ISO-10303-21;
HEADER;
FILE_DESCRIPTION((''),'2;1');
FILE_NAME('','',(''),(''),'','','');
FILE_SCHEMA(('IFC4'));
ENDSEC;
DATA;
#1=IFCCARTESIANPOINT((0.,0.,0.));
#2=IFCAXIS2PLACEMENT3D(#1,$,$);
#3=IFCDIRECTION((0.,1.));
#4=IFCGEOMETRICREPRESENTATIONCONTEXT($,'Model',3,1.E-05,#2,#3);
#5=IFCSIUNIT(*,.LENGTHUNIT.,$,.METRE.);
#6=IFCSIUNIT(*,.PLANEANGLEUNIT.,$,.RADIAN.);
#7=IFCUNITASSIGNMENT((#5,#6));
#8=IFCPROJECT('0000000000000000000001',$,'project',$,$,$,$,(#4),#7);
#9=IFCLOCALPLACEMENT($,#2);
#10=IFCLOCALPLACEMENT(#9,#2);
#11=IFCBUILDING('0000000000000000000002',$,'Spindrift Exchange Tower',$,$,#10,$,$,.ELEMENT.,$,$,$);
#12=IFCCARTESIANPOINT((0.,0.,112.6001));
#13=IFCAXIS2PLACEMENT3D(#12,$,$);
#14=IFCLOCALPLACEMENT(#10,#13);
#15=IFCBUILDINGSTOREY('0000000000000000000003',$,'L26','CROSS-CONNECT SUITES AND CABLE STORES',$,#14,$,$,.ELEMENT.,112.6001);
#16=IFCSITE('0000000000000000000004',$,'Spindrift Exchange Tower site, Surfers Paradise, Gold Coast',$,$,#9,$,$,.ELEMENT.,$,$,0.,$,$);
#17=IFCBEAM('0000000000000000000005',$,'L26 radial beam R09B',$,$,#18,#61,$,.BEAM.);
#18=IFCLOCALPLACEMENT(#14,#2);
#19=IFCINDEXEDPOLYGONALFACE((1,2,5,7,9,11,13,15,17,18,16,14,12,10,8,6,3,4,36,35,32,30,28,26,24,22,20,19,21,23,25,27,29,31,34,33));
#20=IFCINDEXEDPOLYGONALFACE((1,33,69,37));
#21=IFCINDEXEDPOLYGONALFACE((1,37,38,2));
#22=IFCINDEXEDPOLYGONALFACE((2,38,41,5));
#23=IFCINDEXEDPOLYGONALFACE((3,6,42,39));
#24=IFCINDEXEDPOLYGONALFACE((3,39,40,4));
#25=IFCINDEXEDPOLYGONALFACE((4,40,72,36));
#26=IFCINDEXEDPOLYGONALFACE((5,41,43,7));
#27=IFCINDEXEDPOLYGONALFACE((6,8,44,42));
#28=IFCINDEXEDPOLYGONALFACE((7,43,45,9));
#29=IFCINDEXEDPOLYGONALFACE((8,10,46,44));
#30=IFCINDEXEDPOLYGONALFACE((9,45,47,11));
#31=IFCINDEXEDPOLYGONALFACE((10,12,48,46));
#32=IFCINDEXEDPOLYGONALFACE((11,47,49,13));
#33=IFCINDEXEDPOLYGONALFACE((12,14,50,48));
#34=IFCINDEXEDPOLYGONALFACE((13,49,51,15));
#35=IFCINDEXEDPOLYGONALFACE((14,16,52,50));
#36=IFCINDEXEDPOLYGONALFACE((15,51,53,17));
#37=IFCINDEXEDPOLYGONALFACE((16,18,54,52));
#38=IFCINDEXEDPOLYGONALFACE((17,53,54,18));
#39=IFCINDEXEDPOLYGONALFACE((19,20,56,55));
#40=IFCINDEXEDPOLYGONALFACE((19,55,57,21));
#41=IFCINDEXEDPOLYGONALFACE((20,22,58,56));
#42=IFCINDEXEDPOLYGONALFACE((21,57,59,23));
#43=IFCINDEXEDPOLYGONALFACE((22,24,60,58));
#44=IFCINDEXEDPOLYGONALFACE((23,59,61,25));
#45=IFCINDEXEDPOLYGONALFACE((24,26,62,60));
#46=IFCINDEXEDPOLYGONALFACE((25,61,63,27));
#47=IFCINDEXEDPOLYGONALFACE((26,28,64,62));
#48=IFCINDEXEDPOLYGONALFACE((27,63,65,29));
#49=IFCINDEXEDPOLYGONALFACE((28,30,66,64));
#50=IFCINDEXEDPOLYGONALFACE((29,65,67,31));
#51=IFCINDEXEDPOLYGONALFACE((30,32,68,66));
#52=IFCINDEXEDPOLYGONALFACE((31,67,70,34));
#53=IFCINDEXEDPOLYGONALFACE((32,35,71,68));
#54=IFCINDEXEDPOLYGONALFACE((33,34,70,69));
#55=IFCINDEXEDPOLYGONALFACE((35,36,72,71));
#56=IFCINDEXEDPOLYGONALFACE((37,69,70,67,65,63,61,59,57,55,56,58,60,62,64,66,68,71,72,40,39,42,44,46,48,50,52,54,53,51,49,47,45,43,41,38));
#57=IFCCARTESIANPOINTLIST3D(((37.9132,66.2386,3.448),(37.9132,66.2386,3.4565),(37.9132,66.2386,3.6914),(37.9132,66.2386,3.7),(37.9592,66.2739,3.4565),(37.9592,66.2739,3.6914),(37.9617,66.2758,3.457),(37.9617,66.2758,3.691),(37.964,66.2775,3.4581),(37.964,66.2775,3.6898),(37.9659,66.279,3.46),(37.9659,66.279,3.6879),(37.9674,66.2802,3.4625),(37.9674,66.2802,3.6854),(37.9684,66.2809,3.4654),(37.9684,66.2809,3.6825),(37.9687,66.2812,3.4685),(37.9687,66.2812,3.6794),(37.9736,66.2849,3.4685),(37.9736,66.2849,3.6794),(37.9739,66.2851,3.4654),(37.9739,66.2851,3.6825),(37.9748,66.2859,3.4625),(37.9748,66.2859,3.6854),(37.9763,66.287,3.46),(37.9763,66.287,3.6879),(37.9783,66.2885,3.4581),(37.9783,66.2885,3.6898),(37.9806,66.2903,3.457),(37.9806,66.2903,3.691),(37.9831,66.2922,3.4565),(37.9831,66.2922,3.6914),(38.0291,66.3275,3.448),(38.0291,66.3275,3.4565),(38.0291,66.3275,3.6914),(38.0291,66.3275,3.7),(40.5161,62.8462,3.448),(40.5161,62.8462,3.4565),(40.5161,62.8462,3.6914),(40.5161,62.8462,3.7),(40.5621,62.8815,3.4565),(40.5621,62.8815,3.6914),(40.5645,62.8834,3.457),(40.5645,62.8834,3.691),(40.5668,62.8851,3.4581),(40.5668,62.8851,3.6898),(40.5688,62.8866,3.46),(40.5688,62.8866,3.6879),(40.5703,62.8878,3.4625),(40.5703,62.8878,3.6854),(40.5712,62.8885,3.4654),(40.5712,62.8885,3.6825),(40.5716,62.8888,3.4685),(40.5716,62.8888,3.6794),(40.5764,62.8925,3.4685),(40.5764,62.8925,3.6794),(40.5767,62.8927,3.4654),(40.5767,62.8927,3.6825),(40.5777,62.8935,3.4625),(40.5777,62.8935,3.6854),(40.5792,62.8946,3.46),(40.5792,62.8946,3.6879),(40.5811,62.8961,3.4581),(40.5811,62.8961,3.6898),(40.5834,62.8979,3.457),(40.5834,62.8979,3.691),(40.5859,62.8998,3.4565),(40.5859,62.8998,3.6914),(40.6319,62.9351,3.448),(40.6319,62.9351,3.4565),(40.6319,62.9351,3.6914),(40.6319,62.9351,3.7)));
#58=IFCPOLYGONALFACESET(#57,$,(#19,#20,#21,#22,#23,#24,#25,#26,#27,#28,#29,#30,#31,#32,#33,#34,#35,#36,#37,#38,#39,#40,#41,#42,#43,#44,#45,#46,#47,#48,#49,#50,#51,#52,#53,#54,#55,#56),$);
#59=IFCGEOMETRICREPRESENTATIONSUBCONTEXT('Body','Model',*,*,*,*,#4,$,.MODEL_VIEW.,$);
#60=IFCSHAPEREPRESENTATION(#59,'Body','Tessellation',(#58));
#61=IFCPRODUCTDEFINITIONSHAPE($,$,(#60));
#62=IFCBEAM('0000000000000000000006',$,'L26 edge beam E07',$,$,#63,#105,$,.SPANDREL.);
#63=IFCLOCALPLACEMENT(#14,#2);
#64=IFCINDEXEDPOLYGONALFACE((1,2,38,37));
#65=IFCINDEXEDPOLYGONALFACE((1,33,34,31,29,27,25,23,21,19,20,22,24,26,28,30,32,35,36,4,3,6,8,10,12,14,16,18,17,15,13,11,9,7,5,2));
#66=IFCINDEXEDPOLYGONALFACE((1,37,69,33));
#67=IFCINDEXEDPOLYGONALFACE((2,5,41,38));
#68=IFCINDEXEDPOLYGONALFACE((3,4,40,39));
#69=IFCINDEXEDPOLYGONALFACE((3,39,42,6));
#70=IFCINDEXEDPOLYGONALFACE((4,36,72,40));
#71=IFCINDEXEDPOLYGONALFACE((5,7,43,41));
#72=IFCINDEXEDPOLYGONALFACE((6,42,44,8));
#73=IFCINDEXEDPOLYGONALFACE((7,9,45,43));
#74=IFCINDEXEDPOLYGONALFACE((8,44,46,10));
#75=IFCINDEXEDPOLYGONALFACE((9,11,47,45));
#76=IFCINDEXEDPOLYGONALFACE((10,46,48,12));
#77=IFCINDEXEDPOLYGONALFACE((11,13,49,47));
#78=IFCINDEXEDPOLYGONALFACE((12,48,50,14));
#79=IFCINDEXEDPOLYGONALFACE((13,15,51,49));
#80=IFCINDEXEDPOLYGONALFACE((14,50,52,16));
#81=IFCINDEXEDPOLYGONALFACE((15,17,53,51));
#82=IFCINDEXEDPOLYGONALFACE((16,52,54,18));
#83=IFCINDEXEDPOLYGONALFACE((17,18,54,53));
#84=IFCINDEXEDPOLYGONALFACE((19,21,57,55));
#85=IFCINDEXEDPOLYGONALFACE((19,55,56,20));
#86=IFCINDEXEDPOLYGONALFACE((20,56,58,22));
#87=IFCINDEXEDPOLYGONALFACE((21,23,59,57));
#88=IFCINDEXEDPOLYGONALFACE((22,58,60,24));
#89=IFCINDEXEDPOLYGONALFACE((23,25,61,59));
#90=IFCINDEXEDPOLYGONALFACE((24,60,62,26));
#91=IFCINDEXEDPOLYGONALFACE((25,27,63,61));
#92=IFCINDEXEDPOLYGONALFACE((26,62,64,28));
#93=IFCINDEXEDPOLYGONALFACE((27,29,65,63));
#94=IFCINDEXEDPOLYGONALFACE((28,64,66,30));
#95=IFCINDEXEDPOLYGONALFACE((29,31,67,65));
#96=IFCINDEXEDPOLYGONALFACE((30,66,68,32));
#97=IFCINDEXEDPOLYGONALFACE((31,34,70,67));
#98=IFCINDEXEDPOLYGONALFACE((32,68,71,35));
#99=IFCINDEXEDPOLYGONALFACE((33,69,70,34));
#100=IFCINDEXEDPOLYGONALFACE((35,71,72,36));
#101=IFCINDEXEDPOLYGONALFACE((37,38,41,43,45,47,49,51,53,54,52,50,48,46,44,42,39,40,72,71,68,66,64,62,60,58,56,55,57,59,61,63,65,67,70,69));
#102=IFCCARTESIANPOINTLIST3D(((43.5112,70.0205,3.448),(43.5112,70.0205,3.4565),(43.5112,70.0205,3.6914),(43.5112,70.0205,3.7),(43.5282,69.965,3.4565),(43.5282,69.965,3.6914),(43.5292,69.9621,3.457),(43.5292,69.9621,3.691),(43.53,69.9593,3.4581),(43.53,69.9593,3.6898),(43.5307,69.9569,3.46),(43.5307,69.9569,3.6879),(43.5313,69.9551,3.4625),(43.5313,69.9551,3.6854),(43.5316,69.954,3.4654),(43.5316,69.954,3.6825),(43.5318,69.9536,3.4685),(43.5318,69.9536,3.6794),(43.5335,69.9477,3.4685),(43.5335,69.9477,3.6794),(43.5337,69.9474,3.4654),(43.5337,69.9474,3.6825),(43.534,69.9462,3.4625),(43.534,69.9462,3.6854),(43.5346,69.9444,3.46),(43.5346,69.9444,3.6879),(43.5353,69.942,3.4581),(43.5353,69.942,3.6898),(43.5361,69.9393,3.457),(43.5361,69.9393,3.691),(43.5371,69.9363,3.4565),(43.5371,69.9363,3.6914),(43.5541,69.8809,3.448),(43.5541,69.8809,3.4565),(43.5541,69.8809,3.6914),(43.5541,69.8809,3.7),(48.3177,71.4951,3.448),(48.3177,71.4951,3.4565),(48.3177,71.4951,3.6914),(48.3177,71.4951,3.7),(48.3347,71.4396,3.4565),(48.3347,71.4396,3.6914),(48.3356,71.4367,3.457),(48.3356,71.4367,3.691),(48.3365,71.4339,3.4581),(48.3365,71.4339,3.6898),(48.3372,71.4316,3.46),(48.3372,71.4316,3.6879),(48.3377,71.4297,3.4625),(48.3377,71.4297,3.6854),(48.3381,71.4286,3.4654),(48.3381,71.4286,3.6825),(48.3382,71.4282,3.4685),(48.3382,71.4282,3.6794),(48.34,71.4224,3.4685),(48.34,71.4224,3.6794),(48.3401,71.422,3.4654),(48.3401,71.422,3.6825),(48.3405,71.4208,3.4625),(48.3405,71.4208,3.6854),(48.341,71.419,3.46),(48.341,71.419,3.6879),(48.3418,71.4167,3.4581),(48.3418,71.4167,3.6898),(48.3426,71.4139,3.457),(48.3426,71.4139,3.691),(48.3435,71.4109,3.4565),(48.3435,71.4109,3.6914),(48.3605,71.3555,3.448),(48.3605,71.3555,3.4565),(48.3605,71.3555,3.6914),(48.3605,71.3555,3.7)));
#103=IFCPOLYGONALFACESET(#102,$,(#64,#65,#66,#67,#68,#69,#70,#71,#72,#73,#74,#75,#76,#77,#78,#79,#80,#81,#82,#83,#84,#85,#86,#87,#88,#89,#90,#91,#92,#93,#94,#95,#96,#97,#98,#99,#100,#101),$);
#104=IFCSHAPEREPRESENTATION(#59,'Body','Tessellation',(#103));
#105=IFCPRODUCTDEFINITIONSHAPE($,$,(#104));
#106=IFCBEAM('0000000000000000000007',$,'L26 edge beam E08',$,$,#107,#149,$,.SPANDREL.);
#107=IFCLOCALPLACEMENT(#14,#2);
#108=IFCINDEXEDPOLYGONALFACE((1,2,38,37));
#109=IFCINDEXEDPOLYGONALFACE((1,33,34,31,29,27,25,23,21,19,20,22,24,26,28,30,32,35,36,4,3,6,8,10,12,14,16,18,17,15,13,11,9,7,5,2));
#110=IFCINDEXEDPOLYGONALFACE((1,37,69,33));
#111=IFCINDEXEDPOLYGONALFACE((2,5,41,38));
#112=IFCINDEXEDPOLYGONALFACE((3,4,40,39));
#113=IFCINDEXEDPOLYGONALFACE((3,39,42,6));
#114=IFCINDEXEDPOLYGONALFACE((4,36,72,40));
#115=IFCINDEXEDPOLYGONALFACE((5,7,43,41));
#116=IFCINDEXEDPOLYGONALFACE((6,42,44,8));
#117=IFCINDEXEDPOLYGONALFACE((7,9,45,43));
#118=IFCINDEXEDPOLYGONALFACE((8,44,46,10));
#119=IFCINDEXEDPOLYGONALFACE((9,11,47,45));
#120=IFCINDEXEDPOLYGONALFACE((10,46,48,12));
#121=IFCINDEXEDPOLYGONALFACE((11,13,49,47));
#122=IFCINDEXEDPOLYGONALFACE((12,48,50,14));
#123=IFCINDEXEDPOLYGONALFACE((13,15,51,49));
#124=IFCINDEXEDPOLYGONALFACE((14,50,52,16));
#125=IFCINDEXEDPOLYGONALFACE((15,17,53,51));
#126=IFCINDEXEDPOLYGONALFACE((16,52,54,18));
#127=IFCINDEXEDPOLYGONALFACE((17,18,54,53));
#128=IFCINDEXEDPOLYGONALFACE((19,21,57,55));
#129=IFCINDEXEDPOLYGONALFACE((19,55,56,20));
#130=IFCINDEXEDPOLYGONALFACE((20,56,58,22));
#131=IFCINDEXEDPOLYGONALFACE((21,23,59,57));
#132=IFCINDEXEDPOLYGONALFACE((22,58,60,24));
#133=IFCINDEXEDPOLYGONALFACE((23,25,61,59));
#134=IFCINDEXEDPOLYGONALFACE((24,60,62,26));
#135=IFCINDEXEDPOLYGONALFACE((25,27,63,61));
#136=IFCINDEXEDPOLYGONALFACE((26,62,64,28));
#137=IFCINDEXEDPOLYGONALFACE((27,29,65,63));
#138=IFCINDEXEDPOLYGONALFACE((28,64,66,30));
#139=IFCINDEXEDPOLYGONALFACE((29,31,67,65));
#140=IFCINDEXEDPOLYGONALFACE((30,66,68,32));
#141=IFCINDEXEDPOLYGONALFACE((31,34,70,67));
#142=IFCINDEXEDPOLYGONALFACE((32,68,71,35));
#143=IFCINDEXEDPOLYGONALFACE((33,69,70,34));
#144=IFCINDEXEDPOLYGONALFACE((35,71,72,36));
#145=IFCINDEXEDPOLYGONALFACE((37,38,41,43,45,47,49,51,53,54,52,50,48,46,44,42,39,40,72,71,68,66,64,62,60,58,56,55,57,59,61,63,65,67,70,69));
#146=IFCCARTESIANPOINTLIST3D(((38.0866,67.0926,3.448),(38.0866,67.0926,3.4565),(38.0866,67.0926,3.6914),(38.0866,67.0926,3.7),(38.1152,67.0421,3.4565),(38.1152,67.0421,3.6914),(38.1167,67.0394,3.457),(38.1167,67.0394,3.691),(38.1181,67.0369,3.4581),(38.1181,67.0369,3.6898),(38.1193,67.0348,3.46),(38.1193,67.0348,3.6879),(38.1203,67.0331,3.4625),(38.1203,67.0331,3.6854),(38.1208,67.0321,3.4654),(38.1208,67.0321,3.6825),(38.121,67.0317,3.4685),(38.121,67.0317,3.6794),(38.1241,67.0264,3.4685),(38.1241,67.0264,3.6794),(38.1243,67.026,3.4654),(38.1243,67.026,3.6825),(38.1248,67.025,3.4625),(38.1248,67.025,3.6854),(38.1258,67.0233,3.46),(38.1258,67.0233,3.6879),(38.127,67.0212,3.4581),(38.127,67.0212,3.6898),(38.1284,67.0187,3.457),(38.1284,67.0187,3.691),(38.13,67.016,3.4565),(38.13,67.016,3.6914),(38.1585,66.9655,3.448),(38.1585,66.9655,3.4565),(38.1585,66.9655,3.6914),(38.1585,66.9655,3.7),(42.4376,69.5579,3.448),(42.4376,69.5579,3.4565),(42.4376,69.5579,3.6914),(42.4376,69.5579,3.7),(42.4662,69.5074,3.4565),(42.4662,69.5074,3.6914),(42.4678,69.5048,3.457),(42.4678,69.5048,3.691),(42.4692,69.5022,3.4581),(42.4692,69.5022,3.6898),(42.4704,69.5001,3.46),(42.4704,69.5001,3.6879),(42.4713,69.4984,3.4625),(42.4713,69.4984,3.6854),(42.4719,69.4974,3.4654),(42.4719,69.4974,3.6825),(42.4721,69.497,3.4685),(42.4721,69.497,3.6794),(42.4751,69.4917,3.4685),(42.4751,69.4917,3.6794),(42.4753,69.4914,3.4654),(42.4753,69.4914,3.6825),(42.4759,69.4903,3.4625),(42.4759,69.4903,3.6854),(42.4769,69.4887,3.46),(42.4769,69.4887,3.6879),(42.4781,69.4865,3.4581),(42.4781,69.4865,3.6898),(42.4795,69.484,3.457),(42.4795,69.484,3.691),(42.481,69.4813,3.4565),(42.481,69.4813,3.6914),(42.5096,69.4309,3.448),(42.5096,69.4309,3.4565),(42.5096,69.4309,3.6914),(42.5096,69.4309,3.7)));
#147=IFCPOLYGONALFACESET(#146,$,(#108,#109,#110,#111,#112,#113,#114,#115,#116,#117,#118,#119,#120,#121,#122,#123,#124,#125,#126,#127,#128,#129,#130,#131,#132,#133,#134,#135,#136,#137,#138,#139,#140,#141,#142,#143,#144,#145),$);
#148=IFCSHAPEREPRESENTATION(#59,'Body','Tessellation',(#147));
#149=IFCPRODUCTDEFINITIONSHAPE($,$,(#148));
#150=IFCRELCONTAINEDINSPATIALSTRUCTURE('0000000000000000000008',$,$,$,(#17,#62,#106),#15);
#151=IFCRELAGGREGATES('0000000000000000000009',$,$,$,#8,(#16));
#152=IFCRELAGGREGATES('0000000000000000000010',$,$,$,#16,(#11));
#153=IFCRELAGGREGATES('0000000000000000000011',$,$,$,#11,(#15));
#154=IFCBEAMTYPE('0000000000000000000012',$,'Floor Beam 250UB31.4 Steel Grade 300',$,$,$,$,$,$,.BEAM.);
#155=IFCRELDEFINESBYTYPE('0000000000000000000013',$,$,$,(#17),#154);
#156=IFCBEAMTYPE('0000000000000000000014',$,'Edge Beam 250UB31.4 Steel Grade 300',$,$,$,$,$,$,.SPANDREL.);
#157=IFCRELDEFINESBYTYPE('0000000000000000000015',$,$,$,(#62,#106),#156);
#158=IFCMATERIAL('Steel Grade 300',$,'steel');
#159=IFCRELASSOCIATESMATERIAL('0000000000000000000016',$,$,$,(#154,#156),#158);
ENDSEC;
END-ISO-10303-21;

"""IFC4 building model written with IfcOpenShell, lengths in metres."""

from ifc_helpers import new_model, si_unit, direction, frame, origin, origin_2d, place, context, subcontext, project, spatial, i_section, extrude, source, transform, mapped, material, material_profile, profile_set, type_object, element, save


model = new_model("IFC4")

# Units and contexts
model_context = context("Model", 3, precision=1e-05, world=origin(), true_north=direction((0.0, 1.0)))
body_context = subcontext(model_context, "Body", "Model", "MODEL_VIEW")
ifc_project = project(units=[si_unit("LENGTHUNIT", "METRE"), si_unit("PLANEANGLEUNIT", "RADIAN")], contexts=[model_context])

# Site, building, storey
site_placement = place(None, origin())
site = spatial("IfcSite", under=ifc_project, at=site_placement, Name="Spindrift Exchange Tower site, Surfers Paradise, Gold Coast", CompositionType="ELEMENT", RefElevation=0.0)
building_placement = place(site_placement, origin())
building = spatial("IfcBuilding", under=site, at=building_placement, Name="Spindrift Exchange Tower", CompositionType="ELEMENT")
storey_placement = place(building_placement, frame((0.0, 0.0, 112.6001)))
storey = spatial("IfcBuildingStorey", under=building, at=storey_placement, Name="L26", Description="CROSS-CONNECT SUITES AND CABLE STORES", CompositionType="ELEMENT", Elevation=112.6001)

# Beams
ifc_material_1 = material(Name="Steel Grade 300", Category="steel")
ifc_material_profile_1 = material_profile(ifc_material_1, i_section(OverallWidth=0.146, OverallDepth=0.252, WebThickness=0.0061, FlangeThickness=0.0085, FilletRadius=0.012, at=origin_2d()), Name="250UB31.4")
ifc_profile_set_1 = profile_set([ifc_material_profile_1], Name="Steel Grade 300")
beam_type_1 = type_object("IfcBeamType", Name="Floor Beam 250UB31.4 Steel Grade 300", PredefinedType="BEAM", material=ifc_profile_set_1)
shared_shape_1 = source(origin(), body_context, "Body", "SweptSolid", [
    extrude(i_section(OverallWidth=0.146, OverallDepth=0.252, WebThickness=0.0061, FlangeThickness=0.0085, FilletRadius=0.012, at=origin_2d()), origin(), (0.0, 0.0, 1.0), 4.2759),
])
beam_1_placement = place(storey_placement, frame((40.574, 62.8906, 3.574), z_axis=(-0.608725, 0.793381, 0.0), x_axis=(-0.793381, -0.608725, 0.0)))
element("IfcBeam", 1, at=beam_1_placement, inside=storey, type_object=beam_type_1, Name="L26 radial beam R09B", PredefinedType="BEAM", context=body_context, shape_type="MappedRepresentation", body=[
    mapped(shared_shape_1, transform((0.0, 0.0, 0.0), scale=1.0)),
])
ifc_material_profile_2 = material_profile(ifc_material_1, i_section(OverallWidth=0.146, OverallDepth=0.252, WebThickness=0.0061, FlangeThickness=0.0085, FilletRadius=0.012, at=origin_2d()), Name="250UB31.4")
ifc_profile_set_2 = profile_set([ifc_material_profile_2], Name="Steel Grade 300")
beam_type_2 = type_object("IfcBeamType", Name="Edge Beam 250UB31.4 Steel Grade 300", PredefinedType="SPANDREL", material=ifc_profile_set_2)
shared_shape_2 = source(origin(), body_context, "Body", "SweptSolid", [
    extrude(i_section(OverallWidth=0.146, OverallDepth=0.252, WebThickness=0.0061, FlangeThickness=0.0085, FilletRadius=0.012, at=origin_2d()), origin(), (0.0, 0.0, 1.0), 5.0276),
])
beam_2_placement = place(storey_placement, frame((48.3391, 71.4253, 3.574), z_axis=(-0.956018, -0.293308, 0.0), x_axis=(0.293308, -0.956018, 0.0)))
element("IfcBeam", 2, at=beam_2_placement, inside=storey, type_object=beam_type_2, Name="L26 edge beam E07", PredefinedType="SPANDREL", context=body_context, shape_type="MappedRepresentation", body=[
    mapped(shared_shape_2, transform((0.0, 0.0, 0.0), scale=1.0)),
])
shared_shape_3 = source(origin(), body_context, "Body", "SweptSolid", [
    extrude(i_section(OverallWidth=0.146, OverallDepth=0.252, WebThickness=0.0061, FlangeThickness=0.0085, FilletRadius=0.012, at=origin_2d()), origin(), (0.0, 0.0, 1.0), 5.001),
])
beam_3_placement = place(storey_placement, frame((42.4736, 69.4944, 3.574), z_axis=(-0.870046, -0.492971, 0.0), x_axis=(0.492971, -0.870046, 0.0)))
element("IfcBeam", 3, at=beam_3_placement, inside=storey, type_object=beam_type_2, Name="L26 edge beam E08", PredefinedType="SPANDREL", context=body_context, shape_type="MappedRepresentation", body=[
    mapped(shared_shape_3, transform((0.0, 0.0, 0.0), scale=1.0)),
])

save(model, "model.ifc")
